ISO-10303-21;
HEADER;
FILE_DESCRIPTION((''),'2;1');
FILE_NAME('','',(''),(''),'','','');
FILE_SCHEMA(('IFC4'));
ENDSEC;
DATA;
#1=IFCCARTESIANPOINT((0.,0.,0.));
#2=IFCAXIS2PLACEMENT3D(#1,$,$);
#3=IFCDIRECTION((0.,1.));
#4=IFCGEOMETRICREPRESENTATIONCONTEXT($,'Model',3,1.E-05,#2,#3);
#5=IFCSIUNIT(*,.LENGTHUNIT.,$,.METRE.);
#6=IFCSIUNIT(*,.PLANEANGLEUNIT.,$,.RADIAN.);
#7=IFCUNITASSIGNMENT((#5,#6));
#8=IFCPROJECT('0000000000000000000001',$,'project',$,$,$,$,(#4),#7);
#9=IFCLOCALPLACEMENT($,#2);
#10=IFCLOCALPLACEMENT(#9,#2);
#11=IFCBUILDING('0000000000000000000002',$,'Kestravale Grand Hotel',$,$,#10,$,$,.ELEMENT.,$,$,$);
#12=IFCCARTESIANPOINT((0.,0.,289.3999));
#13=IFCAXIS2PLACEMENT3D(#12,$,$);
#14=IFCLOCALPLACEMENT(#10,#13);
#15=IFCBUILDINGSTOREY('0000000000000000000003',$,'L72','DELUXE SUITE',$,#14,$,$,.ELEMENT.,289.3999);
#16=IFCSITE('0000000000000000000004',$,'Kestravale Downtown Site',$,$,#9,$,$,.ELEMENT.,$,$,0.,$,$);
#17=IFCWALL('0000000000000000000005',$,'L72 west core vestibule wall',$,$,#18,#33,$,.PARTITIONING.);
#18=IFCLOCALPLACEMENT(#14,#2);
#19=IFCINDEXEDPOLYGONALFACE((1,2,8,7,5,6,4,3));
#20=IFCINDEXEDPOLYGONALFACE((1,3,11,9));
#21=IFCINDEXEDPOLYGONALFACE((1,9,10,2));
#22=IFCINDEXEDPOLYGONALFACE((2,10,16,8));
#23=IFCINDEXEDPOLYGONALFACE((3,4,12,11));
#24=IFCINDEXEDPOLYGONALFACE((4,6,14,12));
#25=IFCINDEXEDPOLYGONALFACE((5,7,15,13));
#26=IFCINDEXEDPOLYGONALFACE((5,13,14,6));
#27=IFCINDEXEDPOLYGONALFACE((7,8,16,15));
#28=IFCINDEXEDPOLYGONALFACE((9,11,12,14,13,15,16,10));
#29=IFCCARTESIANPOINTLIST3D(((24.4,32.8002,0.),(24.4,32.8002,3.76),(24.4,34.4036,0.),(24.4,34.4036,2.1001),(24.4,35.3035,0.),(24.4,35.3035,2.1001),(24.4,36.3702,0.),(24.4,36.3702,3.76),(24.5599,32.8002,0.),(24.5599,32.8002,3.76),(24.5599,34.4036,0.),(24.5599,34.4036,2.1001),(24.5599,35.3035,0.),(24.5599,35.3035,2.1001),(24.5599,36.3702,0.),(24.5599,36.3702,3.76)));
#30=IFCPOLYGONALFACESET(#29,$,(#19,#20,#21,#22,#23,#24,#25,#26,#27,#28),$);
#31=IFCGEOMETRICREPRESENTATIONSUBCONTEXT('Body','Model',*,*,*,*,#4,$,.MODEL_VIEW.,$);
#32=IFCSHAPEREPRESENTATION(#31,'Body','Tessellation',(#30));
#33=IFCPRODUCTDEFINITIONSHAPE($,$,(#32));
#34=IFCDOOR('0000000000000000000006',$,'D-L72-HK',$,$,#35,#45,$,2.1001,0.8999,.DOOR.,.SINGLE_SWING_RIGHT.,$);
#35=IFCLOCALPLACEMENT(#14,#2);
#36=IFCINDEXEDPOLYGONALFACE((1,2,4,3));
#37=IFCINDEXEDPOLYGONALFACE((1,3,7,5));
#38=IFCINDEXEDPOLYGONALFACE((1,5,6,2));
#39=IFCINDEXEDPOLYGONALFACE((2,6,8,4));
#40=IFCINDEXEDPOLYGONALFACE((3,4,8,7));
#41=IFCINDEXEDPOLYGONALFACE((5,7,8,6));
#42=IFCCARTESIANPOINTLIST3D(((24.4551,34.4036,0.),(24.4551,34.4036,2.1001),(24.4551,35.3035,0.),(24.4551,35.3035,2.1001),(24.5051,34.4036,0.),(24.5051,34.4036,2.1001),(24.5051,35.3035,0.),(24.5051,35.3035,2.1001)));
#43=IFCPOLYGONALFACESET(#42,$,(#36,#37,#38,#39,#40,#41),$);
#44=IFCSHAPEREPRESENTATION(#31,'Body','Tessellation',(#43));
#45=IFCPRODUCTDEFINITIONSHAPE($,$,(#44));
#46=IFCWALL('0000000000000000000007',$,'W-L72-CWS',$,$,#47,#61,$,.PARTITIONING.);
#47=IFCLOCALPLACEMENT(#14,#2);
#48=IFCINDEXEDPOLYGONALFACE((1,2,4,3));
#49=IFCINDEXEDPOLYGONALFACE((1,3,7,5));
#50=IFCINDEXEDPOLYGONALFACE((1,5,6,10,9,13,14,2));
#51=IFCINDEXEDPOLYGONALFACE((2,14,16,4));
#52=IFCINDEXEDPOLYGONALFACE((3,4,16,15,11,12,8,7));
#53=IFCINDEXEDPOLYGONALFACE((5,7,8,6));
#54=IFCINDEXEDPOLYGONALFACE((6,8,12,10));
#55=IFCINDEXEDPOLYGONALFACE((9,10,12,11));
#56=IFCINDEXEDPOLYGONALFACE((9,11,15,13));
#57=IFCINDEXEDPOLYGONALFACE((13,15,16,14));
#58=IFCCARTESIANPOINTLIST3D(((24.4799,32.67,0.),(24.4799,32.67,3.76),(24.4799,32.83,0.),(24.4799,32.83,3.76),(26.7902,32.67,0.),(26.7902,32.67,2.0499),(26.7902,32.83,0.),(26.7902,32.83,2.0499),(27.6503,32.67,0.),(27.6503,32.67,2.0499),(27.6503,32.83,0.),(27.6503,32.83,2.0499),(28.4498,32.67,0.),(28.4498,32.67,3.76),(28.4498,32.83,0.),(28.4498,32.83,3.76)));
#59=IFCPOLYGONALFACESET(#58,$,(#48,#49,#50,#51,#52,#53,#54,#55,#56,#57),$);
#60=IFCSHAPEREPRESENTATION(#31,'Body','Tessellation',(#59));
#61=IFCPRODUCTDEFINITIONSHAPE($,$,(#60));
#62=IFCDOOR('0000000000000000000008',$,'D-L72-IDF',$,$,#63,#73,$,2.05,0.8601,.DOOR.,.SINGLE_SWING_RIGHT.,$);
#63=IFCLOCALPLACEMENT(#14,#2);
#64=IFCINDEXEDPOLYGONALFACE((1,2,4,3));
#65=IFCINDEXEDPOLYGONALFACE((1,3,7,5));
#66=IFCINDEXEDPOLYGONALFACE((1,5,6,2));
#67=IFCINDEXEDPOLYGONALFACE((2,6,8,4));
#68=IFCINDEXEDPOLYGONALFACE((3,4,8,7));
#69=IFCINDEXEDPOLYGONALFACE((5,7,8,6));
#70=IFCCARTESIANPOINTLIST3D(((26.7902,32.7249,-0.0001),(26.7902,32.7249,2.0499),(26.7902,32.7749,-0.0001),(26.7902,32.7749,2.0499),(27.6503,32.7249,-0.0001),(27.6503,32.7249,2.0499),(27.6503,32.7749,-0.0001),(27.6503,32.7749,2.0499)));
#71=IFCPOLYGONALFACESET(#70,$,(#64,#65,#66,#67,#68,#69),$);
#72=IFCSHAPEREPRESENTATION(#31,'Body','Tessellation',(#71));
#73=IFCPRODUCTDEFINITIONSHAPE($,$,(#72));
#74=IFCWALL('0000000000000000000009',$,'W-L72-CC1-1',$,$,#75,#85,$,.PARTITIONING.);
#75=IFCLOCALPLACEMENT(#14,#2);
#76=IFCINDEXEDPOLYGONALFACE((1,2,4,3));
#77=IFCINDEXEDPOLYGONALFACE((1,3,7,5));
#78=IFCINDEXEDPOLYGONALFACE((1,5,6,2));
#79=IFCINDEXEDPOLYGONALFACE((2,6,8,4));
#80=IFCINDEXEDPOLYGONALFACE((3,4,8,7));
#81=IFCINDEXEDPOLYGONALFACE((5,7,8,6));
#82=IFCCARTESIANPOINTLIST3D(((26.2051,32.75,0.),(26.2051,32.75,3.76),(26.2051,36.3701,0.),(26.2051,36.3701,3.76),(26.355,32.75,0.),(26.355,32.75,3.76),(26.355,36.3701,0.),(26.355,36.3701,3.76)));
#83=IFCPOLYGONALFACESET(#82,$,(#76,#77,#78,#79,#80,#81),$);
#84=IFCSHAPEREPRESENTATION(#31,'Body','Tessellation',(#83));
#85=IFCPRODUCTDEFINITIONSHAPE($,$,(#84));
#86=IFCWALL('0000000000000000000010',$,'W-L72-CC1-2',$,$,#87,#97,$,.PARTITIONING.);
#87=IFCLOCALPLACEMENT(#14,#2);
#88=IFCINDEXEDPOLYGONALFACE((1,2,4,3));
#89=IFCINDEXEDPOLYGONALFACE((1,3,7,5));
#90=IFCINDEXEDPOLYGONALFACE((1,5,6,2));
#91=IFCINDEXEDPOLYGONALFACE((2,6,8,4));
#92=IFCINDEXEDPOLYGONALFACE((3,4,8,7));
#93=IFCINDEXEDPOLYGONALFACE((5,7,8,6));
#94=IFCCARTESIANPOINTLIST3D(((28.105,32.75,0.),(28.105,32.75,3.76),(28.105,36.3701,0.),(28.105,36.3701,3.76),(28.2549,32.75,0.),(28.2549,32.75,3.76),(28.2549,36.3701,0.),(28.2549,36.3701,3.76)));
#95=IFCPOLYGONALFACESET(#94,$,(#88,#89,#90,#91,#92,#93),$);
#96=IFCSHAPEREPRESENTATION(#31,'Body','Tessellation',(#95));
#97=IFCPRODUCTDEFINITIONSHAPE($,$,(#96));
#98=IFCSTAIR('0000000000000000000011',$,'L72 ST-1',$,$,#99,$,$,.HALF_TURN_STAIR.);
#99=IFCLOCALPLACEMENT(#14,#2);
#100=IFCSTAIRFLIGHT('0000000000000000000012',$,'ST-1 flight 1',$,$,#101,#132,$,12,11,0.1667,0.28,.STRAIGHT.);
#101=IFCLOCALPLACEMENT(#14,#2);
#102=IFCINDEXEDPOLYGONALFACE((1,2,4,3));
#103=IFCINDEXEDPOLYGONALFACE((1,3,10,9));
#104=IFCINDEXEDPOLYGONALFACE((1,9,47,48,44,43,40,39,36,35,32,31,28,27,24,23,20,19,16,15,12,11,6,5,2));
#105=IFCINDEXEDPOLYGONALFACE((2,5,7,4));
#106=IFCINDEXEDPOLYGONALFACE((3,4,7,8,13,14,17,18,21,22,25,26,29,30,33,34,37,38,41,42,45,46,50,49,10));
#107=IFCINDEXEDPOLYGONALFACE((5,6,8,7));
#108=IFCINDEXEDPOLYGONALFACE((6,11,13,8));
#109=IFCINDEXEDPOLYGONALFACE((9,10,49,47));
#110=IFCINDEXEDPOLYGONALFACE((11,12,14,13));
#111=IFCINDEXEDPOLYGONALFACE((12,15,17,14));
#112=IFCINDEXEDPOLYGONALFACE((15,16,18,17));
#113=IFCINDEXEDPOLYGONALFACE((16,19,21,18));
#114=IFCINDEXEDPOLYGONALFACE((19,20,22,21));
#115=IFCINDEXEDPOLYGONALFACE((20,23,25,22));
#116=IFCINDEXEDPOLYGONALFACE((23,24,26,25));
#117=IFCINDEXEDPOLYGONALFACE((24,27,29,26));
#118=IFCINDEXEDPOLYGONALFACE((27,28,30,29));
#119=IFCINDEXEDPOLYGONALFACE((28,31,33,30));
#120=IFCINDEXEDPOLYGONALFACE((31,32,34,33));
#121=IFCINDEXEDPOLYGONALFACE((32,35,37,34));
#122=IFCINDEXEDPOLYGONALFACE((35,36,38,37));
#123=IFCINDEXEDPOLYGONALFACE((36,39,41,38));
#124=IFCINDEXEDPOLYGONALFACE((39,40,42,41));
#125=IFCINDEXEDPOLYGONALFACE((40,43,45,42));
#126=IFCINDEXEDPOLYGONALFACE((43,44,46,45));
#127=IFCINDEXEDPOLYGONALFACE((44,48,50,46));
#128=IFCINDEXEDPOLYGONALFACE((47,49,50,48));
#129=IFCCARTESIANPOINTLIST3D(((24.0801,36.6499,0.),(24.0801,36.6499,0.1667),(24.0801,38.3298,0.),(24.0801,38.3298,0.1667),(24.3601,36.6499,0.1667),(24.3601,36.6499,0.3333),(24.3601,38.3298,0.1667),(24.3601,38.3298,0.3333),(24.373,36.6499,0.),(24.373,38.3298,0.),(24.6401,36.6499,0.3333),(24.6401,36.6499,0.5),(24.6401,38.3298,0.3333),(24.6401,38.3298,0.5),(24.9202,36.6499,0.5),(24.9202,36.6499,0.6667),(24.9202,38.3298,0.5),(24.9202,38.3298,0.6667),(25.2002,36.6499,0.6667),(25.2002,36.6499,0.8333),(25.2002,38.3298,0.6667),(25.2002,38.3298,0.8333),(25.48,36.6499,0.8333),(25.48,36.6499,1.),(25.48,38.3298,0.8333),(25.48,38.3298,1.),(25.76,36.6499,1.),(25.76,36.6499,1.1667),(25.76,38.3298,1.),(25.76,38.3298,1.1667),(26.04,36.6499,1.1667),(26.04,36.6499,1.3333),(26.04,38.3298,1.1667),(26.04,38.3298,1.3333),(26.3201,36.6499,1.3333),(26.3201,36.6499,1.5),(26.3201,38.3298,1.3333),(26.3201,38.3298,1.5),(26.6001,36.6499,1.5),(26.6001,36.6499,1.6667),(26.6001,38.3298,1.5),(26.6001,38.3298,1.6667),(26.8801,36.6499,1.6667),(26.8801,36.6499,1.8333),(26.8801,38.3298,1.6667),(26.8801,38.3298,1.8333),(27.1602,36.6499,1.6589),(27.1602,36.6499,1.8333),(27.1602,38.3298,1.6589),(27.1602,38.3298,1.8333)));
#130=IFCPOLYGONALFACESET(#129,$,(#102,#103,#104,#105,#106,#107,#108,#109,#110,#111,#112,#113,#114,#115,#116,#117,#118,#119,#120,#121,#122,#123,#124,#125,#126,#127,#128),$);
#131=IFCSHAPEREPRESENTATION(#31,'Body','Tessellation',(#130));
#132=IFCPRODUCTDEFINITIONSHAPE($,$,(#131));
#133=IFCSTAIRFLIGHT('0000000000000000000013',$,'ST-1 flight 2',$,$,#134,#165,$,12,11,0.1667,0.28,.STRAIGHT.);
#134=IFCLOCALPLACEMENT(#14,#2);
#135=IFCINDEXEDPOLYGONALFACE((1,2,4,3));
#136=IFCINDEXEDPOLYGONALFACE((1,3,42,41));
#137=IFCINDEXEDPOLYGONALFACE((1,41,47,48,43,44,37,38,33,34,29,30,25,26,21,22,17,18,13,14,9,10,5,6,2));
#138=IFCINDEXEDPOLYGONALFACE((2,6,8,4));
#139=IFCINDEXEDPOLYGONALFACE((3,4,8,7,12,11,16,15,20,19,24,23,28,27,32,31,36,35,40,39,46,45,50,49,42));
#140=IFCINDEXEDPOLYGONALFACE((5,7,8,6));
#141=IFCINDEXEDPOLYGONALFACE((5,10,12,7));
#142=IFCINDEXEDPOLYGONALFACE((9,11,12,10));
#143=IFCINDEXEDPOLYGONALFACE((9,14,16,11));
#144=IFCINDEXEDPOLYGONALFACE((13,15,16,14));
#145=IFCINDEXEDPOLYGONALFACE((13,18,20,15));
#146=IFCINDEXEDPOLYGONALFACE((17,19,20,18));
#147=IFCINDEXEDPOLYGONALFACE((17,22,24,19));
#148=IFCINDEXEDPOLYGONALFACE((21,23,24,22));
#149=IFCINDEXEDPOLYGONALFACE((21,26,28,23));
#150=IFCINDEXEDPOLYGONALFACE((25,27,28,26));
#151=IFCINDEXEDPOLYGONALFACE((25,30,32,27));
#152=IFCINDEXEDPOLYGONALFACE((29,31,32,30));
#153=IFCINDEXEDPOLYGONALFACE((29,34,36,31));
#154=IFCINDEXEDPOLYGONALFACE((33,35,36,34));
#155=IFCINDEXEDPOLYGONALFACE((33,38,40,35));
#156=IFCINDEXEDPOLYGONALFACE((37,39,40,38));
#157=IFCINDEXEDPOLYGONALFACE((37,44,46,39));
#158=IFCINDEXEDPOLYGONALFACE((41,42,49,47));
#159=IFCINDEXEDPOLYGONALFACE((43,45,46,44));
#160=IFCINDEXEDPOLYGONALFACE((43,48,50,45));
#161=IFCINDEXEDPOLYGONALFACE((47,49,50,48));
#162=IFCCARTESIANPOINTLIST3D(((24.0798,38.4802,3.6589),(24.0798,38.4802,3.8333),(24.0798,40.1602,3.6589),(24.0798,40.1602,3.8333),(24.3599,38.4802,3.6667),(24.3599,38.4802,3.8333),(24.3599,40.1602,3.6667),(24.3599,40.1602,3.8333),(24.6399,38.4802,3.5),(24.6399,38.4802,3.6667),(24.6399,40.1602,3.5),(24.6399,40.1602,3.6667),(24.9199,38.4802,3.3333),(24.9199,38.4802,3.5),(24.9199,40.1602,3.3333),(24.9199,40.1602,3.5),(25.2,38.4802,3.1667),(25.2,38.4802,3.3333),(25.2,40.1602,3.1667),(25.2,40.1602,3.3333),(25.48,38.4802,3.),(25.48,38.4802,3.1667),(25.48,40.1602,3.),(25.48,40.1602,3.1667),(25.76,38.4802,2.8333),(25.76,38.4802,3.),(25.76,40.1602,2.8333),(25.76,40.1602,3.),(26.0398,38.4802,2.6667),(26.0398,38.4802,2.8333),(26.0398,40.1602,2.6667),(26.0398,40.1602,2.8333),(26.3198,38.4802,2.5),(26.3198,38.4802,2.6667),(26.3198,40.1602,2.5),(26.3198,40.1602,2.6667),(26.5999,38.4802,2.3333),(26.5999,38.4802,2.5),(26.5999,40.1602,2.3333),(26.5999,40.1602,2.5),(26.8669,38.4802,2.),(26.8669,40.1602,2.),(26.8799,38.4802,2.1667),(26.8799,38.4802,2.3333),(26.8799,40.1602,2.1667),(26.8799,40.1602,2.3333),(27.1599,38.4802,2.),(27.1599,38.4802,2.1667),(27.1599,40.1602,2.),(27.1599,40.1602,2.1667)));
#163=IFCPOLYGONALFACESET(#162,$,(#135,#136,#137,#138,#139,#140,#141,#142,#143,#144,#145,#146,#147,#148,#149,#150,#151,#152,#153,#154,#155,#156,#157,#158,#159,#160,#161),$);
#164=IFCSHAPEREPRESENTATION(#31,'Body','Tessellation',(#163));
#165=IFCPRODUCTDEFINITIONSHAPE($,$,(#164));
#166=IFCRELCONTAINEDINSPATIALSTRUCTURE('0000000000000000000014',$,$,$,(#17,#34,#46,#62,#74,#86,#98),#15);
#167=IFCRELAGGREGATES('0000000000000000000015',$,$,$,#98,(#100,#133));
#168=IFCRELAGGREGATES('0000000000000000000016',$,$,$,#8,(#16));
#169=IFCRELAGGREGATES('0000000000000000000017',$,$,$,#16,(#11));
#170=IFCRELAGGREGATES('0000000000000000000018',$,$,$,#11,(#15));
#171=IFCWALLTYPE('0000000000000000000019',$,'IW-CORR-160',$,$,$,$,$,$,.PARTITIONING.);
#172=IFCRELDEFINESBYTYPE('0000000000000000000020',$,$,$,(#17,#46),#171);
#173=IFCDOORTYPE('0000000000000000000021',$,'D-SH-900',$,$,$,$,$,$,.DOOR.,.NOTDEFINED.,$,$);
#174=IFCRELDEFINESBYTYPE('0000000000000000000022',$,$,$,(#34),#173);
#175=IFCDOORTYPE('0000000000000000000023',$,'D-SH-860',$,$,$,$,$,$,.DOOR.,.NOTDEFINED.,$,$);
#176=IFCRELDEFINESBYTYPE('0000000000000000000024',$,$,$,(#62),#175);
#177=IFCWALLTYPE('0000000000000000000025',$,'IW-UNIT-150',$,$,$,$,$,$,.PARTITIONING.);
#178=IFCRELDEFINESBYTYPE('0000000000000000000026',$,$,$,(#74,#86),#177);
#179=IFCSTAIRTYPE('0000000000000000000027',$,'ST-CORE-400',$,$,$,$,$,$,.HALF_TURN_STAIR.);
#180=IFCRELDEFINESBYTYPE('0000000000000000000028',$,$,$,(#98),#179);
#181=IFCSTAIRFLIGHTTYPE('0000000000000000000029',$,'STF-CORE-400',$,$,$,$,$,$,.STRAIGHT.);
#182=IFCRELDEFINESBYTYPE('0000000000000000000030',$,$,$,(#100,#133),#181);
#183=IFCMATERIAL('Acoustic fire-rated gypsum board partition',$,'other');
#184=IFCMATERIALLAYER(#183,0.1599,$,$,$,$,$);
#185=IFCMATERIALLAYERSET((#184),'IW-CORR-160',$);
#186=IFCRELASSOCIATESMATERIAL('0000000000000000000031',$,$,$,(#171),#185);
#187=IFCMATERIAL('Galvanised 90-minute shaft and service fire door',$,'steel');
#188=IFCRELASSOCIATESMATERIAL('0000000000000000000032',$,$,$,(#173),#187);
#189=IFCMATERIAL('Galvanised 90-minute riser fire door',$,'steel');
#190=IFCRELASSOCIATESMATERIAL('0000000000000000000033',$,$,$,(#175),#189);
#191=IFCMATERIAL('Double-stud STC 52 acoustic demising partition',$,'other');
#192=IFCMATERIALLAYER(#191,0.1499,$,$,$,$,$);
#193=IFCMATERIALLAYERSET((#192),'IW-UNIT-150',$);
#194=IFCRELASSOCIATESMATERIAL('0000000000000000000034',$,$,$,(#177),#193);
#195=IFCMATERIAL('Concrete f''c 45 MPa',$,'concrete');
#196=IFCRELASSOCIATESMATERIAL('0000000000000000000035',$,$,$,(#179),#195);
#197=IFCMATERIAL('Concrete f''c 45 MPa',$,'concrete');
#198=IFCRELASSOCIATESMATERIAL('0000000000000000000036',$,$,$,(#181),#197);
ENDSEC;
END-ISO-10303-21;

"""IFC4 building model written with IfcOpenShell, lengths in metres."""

from ifc_helpers import new_model, si_unit, direction, frame, frame_2d, origin, place, context, subcontext, project, spatial, polyline, rectangle, outline, extrude, material, layer, layer_set, type_object, element, fill, aggregate, save


model = new_model("IFC4")

# Units and contexts
model_context = context("Model", 3, precision=1e-05, world=origin(), true_north=direction((0.0, 1.0)))
body_context = subcontext(model_context, "Body", "Model", "MODEL_VIEW")
ifc_project = project(units=[si_unit("LENGTHUNIT", "METRE"), si_unit("PLANEANGLEUNIT", "RADIAN")], contexts=[model_context])

# Site, building, storey
site_placement = place(None, origin())
site = spatial("IfcSite", under=ifc_project, at=site_placement, Name="Kestravale Downtown Site", CompositionType="ELEMENT", RefElevation=0.0)
building_placement = place(site_placement, origin())
building = spatial("IfcBuilding", under=site, at=building_placement, Name="Kestravale Grand Hotel", CompositionType="ELEMENT")
storey_placement = place(building_placement, frame((0.0, 0.0, 289.3999)))
storey = spatial("IfcBuildingStorey", under=building, at=storey_placement, Name="L72", Description="DELUXE SUITE", CompositionType="ELEMENT", Elevation=289.3999)

# Walls, openings, doors
ifc_material_1 = material(Name="Acoustic fire-rated gypsum board partition", Category="other")
ifc_layer_1 = layer(ifc_material_1, 0.1599)
ifc_layer_set_1 = layer_set([ifc_layer_1], Name="IW-CORR-160")
wall_type_1 = type_object("IfcWallType", Name="IW-CORR-160", PredefinedType="PARTITIONING", material=ifc_layer_set_1)
wall_1_placement = place(storey_placement, frame((24.48, 32.8, 0.0), z_axis=(0.0, 0.0, 1.0), x_axis=(0.0, 1.0, 0.0)))
wall_1 = element("IfcWall", 1, at=wall_1_placement, inside=storey, type_object=wall_type_1, Name="L72 west core vestibule wall", PredefinedType="PARTITIONING", context=body_context, shape_type="SweptSolid", body=[
    extrude(rectangle(XDim=3.5701, YDim=0.1599, at=frame_2d((1.7852, 0.0))), origin(), (0.0, 0.0, 1.0), 3.76),
])
opening_1_placement = place(wall_1_placement, frame((1.6035, 0.0, 0.0)))
opening_1 = element("IfcOpeningElement", 2, at=opening_1_placement, cuts=wall_1, PredefinedType="OPENING", context=body_context, shape_type="SweptSolid", body=[
    extrude(rectangle(XDim=0.8999, YDim=2.1001, at=frame_2d((0.45, 1.05))), frame((0.0, 0.0898, 0.0), z_axis=(0.0, -1.0, 0.0), x_axis=(1.0, 0.0, 0.0)), (0.0, 0.0, 1.0), 0.1799),
])
ifc_material_2 = material(Name="Galvanised 90-minute shaft and service fire door", Category="steel")
door_type_1 = type_object("IfcDoorType", Name="D-SH-900", OperationType="NOTDEFINED", PredefinedType="DOOR", material=ifc_material_2)
door_1_placement = place(opening_1_placement, origin())
door_1 = element("IfcDoor", 3, at=door_1_placement, inside=storey, type_object=door_type_1, Name="D-L72-HK", OperationType="SINGLE_SWING_RIGHT", OverallHeight=2.1001, OverallWidth=0.8999, PredefinedType="DOOR", context=body_context, shape_type="SweptSolid", body=[
    extrude(rectangle(XDim=0.8999, YDim=2.1001, at=frame_2d((0.45, 1.05))), frame((0.0, 0.0249, 0.0), z_axis=(0.0, -1.0, 0.0), x_axis=(1.0, 0.0, 0.0)), (0.0, 0.0, 1.0), 0.05),
])
fill(opening_1, door_1)
wall_2_placement = place(storey_placement, frame((24.48, 32.75, 0.0), z_axis=(0.0, 0.0, 1.0), x_axis=(1.0, 0.0, 0.0)))
wall_2 = element("IfcWall", 4, at=wall_2_placement, inside=storey, type_object=wall_type_1, Name="W-L72-CWS", PredefinedType="PARTITIONING", context=body_context, shape_type="SweptSolid", body=[
    extrude(rectangle(XDim=3.97, YDim=0.1599, at=frame_2d((1.9849, 0.0))), origin(), (0.0, 0.0, 1.0), 3.76),
])
opening_2_placement = place(wall_2_placement, frame((2.3101, 0.0, 0.0)))
opening_2 = element("IfcOpeningElement", 5, at=opening_2_placement, cuts=wall_2, PredefinedType="OPENING", context=body_context, shape_type="SweptSolid", body=[
    extrude(rectangle(XDim=0.8601, YDim=2.05, at=frame_2d((0.4302, 1.0249))), frame((0.0, 0.0898, 0.0), z_axis=(0.0, -1.0, 0.0), x_axis=(1.0, 0.0, 0.0)), (0.0, 0.0, 1.0), 0.1799),
])
ifc_material_3 = material(Name="Galvanised 90-minute riser fire door", Category="steel")
door_type_2 = type_object("IfcDoorType", Name="D-SH-860", OperationType="NOTDEFINED", PredefinedType="DOOR", material=ifc_material_3)
door_2_placement = place(opening_2_placement, origin())
door_2 = element("IfcDoor", 6, at=door_2_placement, inside=storey, type_object=door_type_2, Name="D-L72-IDF", OperationType="SINGLE_SWING_RIGHT", OverallHeight=2.05, OverallWidth=0.8601, PredefinedType="DOOR", context=body_context, shape_type="SweptSolid", body=[
    extrude(rectangle(XDim=0.8601, YDim=2.05, at=frame_2d((0.4302, 1.0249))), frame((0.0, 0.0249, 0.0), z_axis=(0.0, -1.0, 0.0), x_axis=(1.0, 0.0, 0.0)), (0.0, 0.0, 1.0), 0.05),
])
fill(opening_2, door_2)

# Walls
ifc_material_4 = material(Name="Double-stud STC 52 acoustic demising partition", Category="other")
ifc_layer_2 = layer(ifc_material_4, 0.1499)
ifc_layer_set_2 = layer_set([ifc_layer_2], Name="IW-UNIT-150")
wall_type_2 = type_object("IfcWallType", Name="IW-UNIT-150", PredefinedType="PARTITIONING", material=ifc_layer_set_2)
for number, where, z_axis, x_axis, name in (
    (7, (26.28, 32.75, 0.0), (0.0, 0.0, 1.0), (0.0, 1.0, 0.0), "W-L72-CC1-1"),
    (8, (28.1799, 32.75, 0.0), (0.0, 0.0, 1.0), (0.0, 1.0, 0.0), "W-L72-CC1-2"),
):
    element("IfcWall", number, at=place(storey_placement, frame(where, z_axis=z_axis, x_axis=x_axis)), inside=storey, type_object=wall_type_2, Name=name, PredefinedType="PARTITIONING", context=body_context, shape_type="SweptSolid", body=[
        extrude(rectangle(XDim=3.6201, YDim=0.1499, at=frame_2d((1.8101, 0.0))), origin(), (0.0, 0.0, 1.0), 3.76),
    ])

# Stair, stair flights
ifc_material_5 = material(Name="Concrete f'c 45 MPa", Category="concrete")
stair_type = type_object("IfcStairType", Name="ST-CORE-400", PredefinedType="HALF_TURN_STAIR", material=ifc_material_5)
stair_placement = place(storey_placement, origin())
stair = element("IfcStair", 9, at=stair_placement, inside=storey, type_object=stair_type, Name="L72 ST-1", PredefinedType="HALF_TURN_STAIR")
ifc_material_6 = material(Name="Concrete f'c 45 MPa", Category="concrete")
stair_flight_type = type_object("IfcStairFlightType", Name="STF-CORE-400", PredefinedType="STRAIGHT", material=ifc_material_6)
stair_flight_1_placement = place(storey_placement, frame((24.0801, 37.49, 0.0), z_axis=(0.0, 0.0, 1.0), x_axis=(1.0, 0.0, 0.0)))
stair_flight_1 = element("IfcStairFlight", 10, at=stair_flight_1_placement, type_object=stair_flight_type, Name="ST-1 flight 1", NumberOfRisers=12, NumberOfTreads=11, PredefinedType="STRAIGHT", RiserHeight=0.1667, TreadLength=0.28, context=body_context, shape_type="SweptSolid", body=[
    extrude(outline(polyline([(0.0, 0.0), (0.0, 0.1667), (0.28, 0.1667), (0.28, 0.3333), (0.5601, 0.3333), (0.5601, 0.5), (0.8401, 0.5), (0.8401, 0.6667), (1.1201, 0.6667), (1.1201, 0.8333), (1.3999, 0.8333), (1.3999, 1.0), (1.6799, 1.0), (1.6799, 1.1667), (1.96, 1.1667), (1.96, 1.3333), (2.24, 1.3333), (2.24, 1.5), (2.52, 1.5), (2.52, 1.6667), (2.8, 1.6667), (2.8, 1.8333), (3.0801, 1.8333), (3.0801, 2.0), (3.0801, 1.6589), (0.293, 0.0), (0.0, 0.0)])), frame((0.0, 0.8398, 0.0), z_axis=(0.0, -1.0, 0.0), x_axis=(1.0, 0.0, 0.0)), (0.0, 0.0, 1.0), 1.6799),
])
stair_flight_2_placement = place(storey_placement, frame((27.1599, 39.3201, 2.0), z_axis=(0.0, 0.0, 1.0), x_axis=(-1.0, 0.0, 0.0)))
stair_flight_2 = element("IfcStairFlight", 11, at=stair_flight_2_placement, type_object=stair_flight_type, Name="ST-1 flight 2", NumberOfRisers=12, NumberOfTreads=11, PredefinedType="STRAIGHT", RiserHeight=0.1667, TreadLength=0.28, context=body_context, shape_type="SweptSolid", body=[
    extrude(outline(polyline([(0.0, 0.0), (0.0, 0.1667), (0.28, 0.1667), (0.28, 0.3333), (0.5601, 0.3333), (0.5601, 0.5), (0.8401, 0.5), (0.8401, 0.6667), (1.1201, 0.6667), (1.1201, 0.8333), (1.3999, 0.8333), (1.3999, 1.0), (1.6799, 1.0), (1.6799, 1.1667), (1.96, 1.1667), (1.96, 1.3333), (2.24, 1.3333), (2.24, 1.5), (2.52, 1.5), (2.52, 1.6667), (2.8, 1.6667), (2.8, 1.8333), (3.0801, 1.8333), (3.0801, 2.0), (3.0801, 1.6589), (0.293, 0.0), (0.0, 0.0)])), frame((0.0, 0.8398, 0.0), z_axis=(0.0, -1.0, 0.0), x_axis=(1.0, 0.0, 0.0)), (0.0, 0.0, 1.0), 1.6799),
])
aggregate(stair, [stair_flight_1, stair_flight_2])

save(model, "model.ifc")
